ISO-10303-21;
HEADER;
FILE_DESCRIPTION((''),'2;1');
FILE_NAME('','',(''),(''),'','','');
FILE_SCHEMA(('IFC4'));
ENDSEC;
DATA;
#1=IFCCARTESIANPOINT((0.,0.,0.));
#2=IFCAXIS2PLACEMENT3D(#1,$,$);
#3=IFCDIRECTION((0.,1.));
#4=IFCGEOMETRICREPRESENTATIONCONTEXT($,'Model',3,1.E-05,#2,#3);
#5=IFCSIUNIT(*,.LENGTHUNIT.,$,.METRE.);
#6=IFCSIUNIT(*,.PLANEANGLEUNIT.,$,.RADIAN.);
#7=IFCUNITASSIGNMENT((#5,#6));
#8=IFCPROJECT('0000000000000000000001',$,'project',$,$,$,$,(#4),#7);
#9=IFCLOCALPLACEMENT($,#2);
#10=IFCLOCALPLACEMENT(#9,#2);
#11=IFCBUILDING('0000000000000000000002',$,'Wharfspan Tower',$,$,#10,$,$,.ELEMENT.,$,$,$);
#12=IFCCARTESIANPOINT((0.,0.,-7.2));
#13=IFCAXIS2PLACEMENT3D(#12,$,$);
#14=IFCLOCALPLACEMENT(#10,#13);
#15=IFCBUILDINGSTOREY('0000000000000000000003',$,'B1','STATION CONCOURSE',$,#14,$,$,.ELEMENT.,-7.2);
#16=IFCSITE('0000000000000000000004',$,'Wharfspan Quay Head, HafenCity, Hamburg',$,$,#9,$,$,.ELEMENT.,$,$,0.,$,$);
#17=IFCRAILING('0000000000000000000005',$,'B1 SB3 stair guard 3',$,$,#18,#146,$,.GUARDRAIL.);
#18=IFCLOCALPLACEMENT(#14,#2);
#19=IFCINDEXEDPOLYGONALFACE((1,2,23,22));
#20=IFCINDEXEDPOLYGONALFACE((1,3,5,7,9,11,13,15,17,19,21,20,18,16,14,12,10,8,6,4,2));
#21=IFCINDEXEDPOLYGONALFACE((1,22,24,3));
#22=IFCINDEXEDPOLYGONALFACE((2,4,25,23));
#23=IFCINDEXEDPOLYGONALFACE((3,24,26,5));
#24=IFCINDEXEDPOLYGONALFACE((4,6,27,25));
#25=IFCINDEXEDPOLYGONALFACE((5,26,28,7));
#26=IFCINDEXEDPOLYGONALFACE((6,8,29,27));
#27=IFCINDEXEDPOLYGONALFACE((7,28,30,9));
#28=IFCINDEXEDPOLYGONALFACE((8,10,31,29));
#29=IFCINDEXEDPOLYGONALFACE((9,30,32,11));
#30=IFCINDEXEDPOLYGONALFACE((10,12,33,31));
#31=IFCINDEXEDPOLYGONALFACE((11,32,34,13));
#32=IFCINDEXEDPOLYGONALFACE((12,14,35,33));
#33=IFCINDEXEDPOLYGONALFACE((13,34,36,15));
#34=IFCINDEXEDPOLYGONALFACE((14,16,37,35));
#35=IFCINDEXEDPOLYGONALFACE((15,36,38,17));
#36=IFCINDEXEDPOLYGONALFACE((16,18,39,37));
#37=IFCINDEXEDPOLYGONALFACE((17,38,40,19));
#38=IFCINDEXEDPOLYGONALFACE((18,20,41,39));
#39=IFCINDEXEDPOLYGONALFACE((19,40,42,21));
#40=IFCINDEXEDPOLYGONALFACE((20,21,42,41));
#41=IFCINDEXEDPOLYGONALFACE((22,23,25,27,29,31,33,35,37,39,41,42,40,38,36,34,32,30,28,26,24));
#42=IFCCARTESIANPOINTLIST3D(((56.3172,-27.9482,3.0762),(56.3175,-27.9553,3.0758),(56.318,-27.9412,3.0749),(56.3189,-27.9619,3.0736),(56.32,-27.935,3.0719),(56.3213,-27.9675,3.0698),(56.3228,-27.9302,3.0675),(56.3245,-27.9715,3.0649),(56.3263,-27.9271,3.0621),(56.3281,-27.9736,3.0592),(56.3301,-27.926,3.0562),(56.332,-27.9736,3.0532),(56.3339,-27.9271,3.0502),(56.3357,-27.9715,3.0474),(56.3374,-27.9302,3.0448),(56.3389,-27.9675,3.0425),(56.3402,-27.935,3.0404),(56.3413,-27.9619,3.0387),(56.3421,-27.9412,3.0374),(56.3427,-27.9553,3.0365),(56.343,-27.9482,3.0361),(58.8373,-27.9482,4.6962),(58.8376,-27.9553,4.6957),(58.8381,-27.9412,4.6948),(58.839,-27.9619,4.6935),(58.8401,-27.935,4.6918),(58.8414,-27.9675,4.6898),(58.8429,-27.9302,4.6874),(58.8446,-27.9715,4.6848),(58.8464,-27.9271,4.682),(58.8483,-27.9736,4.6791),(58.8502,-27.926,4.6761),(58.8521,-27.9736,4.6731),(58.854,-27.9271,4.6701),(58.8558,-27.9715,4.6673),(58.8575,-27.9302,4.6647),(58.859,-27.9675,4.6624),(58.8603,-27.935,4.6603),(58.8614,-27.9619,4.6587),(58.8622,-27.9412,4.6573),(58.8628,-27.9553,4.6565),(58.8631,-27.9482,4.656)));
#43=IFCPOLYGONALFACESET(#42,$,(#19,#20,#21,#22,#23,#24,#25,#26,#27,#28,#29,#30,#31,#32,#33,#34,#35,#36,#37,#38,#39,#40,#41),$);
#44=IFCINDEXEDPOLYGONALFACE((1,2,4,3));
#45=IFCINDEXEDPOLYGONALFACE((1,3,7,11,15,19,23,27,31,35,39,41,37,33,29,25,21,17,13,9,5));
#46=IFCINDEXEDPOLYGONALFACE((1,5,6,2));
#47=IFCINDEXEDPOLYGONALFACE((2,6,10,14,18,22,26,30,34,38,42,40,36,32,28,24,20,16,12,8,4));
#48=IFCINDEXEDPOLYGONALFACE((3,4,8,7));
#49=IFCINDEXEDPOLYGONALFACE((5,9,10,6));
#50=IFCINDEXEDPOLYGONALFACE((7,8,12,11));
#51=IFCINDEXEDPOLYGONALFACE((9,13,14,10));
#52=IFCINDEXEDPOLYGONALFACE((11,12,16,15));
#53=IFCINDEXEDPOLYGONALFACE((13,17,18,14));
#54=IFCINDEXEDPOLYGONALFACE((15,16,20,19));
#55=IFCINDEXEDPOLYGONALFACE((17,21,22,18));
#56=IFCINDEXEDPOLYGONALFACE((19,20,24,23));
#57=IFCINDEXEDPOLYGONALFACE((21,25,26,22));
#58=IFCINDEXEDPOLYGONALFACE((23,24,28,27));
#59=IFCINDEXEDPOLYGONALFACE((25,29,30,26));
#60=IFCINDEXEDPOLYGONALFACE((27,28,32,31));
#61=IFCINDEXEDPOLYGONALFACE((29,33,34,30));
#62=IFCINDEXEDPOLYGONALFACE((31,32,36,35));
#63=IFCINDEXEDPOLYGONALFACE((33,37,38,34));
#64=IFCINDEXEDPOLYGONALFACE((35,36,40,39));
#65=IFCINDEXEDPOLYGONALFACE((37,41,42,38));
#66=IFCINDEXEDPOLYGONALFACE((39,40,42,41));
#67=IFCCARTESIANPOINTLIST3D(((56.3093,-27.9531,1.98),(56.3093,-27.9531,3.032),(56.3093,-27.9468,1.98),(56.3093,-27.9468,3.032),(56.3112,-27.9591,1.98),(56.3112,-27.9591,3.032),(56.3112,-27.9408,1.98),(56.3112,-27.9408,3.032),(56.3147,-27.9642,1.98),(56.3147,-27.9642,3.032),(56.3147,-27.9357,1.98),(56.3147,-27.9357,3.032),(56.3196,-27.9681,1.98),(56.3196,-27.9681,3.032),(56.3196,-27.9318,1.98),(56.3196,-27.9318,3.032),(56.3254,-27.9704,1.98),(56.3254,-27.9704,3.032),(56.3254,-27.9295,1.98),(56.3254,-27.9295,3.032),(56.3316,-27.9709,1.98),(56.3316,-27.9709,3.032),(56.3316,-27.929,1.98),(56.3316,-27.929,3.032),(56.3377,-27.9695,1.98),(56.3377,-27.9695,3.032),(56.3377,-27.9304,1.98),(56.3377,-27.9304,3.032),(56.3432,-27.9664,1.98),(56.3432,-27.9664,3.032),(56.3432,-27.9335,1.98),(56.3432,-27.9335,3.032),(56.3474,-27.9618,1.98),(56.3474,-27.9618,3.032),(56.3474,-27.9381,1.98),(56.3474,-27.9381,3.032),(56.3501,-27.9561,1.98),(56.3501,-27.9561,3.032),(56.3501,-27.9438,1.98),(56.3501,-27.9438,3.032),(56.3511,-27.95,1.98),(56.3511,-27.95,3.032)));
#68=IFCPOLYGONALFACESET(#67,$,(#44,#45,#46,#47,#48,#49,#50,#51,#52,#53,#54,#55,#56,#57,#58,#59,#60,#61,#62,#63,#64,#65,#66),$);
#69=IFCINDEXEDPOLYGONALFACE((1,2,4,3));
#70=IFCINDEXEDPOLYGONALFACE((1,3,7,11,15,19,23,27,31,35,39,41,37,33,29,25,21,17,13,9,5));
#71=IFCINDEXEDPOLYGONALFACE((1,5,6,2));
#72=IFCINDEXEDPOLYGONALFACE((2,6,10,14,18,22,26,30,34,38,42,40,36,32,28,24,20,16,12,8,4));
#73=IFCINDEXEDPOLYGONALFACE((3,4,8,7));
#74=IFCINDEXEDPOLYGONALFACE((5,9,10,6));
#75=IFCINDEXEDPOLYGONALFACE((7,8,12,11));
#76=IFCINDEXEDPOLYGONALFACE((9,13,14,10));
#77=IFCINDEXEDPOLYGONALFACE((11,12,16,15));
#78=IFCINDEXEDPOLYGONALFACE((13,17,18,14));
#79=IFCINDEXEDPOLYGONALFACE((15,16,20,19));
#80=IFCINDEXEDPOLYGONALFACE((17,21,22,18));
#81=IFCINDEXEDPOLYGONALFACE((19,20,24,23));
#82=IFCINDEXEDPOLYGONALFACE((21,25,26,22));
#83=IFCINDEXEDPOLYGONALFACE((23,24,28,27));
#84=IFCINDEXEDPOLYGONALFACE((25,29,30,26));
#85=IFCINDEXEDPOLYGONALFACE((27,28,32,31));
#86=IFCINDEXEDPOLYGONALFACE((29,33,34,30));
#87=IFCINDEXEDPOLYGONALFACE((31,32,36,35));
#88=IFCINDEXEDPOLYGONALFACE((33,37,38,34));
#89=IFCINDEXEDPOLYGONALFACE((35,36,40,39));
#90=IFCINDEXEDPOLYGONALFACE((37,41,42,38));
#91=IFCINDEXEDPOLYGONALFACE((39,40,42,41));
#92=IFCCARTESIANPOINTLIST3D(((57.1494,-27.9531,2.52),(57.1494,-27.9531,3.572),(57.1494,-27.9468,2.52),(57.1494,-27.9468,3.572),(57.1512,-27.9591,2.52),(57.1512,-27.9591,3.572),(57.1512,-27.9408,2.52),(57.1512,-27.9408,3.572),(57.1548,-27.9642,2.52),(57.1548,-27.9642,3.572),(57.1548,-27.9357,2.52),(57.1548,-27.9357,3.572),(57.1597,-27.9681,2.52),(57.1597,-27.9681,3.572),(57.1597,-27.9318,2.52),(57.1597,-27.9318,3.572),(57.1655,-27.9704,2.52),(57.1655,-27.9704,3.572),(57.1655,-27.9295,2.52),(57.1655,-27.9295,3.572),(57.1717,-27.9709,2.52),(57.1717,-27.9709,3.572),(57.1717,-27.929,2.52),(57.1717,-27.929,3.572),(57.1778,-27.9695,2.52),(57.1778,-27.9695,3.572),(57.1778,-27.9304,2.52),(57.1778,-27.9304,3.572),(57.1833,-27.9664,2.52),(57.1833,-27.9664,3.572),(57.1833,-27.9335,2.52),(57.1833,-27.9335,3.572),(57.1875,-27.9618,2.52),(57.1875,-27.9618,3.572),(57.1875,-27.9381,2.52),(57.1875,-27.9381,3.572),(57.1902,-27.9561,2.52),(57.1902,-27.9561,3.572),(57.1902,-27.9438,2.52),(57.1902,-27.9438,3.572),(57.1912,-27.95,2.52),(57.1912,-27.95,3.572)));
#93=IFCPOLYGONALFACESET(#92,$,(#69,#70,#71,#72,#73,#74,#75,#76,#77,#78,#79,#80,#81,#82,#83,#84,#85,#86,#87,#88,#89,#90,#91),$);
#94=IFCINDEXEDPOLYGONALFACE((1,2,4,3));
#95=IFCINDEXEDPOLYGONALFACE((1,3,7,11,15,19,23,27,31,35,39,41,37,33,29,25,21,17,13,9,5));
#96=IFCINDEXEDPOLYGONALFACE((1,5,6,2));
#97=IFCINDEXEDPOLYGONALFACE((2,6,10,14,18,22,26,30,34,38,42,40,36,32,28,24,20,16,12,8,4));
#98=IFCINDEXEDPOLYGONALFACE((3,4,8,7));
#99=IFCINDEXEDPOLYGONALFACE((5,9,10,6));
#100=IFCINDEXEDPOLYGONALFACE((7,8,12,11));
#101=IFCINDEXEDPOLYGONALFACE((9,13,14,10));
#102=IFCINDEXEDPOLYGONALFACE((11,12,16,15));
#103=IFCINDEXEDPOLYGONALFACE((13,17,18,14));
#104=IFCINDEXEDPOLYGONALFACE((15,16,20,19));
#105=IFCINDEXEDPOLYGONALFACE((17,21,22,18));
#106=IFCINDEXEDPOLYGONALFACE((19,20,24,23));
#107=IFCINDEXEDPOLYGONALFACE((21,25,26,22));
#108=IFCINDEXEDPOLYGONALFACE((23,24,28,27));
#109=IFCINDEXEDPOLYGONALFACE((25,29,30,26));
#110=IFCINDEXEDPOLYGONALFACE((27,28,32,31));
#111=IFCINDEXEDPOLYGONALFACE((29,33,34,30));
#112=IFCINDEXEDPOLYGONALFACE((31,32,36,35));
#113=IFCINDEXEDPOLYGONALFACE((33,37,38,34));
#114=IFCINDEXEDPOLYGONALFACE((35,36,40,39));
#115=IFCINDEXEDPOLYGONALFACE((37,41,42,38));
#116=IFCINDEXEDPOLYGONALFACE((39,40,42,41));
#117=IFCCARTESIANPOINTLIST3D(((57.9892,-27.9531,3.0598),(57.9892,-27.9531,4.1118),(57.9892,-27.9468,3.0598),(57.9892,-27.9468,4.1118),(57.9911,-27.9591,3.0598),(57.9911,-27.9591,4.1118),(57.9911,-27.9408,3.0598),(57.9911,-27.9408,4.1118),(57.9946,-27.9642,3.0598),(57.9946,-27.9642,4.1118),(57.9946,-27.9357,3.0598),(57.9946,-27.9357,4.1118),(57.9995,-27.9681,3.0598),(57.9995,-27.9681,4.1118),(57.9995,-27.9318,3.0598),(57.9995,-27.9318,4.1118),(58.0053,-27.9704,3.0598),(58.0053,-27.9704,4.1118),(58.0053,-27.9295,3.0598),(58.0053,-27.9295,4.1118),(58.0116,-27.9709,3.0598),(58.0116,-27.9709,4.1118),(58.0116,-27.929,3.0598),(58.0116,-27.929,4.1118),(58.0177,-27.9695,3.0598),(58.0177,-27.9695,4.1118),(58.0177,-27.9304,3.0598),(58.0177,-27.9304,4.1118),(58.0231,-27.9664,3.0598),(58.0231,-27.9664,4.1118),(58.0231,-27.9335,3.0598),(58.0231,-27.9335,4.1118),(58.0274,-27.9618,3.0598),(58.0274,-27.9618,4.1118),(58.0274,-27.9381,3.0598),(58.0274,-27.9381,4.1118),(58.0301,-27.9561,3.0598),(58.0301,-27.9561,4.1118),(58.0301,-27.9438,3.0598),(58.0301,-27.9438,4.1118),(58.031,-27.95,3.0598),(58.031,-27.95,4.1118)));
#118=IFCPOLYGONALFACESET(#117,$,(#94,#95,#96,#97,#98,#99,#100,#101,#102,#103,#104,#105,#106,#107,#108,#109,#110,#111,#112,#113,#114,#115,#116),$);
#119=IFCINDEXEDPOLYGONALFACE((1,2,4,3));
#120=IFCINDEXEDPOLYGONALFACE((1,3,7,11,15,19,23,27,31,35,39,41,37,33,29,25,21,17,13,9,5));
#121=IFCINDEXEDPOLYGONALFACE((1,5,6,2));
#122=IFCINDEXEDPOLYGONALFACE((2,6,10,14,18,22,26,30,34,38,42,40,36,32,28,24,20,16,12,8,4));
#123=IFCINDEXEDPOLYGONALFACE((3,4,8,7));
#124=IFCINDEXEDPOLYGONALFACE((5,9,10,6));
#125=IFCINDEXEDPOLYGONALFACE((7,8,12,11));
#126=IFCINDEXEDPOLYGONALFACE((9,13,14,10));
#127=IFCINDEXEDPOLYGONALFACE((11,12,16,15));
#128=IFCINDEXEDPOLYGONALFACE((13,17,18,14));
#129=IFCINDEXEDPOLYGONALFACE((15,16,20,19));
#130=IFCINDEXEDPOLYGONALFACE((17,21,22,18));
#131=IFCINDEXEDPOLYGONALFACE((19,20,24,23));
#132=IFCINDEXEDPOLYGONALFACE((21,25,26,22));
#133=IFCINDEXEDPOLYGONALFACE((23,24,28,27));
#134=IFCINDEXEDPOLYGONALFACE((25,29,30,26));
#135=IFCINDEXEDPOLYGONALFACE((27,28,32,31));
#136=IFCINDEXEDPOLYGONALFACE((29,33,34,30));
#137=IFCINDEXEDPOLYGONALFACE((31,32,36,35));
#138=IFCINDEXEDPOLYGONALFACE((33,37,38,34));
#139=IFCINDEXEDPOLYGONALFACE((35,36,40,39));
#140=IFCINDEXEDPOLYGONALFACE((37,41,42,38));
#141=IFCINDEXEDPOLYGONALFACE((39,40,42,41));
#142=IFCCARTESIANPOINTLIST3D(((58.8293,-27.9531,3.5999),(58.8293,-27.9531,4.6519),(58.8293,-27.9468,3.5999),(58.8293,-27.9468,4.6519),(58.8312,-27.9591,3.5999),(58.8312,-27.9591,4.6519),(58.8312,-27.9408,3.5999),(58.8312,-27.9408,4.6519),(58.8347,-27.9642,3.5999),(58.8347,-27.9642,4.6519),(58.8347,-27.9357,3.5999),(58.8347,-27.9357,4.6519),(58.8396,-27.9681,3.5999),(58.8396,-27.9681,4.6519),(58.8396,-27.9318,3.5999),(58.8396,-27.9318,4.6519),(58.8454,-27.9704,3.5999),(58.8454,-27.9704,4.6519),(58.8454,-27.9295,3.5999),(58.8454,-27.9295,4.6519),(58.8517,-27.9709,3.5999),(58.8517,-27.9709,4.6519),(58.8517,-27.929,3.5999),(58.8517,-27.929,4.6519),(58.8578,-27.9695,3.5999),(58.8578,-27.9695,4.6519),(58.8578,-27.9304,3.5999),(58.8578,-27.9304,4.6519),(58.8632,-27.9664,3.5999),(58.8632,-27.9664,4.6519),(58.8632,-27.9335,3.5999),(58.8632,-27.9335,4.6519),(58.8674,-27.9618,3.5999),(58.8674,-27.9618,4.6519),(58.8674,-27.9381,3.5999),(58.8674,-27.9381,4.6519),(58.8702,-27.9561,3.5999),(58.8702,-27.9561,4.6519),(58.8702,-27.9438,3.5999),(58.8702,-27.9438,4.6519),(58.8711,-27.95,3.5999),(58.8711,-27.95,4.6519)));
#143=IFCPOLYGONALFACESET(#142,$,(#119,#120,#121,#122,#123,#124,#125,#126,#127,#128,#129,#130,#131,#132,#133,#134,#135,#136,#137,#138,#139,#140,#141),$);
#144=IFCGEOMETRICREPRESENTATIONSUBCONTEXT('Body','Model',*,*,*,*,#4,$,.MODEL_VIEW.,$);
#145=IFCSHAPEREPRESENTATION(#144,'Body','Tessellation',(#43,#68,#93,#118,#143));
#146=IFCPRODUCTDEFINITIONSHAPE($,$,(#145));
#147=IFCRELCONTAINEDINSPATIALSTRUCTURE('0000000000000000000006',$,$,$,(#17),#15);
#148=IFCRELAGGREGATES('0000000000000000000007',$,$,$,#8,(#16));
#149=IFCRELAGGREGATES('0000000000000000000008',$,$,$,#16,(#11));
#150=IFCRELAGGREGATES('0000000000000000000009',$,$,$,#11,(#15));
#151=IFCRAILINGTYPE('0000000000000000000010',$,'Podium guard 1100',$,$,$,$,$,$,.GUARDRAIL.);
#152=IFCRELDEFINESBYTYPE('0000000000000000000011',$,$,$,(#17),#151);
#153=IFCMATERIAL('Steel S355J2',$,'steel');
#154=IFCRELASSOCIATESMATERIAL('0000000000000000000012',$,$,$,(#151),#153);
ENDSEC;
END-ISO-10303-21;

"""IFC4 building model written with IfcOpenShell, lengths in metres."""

from ifc_helpers import new_model, si_unit, direction, frame, origin, origin_2d, place, context, subcontext, project, spatial, circle, extrude, material, type_object, element, save


model = new_model("IFC4")

# Units and contexts
model_context = context("Model", 3, precision=1e-05, world=origin(), true_north=direction((0.0, 1.0)))
body_context = subcontext(model_context, "Body", "Model", "MODEL_VIEW")
ifc_project = project(units=[si_unit("LENGTHUNIT", "METRE"), si_unit("PLANEANGLEUNIT", "RADIAN")], contexts=[model_context])

# Site, building, storey
site_placement = place(None, origin())
site = spatial("IfcSite", under=ifc_project, at=site_placement, Name="Wharfspan Quay Head, HafenCity, Hamburg", CompositionType="ELEMENT", RefElevation=0.0)
building_placement = place(site_placement, origin())
building = spatial("IfcBuilding", under=site, at=building_placement, Name="Wharfspan Tower", CompositionType="ELEMENT")
storey_placement = place(building_placement, frame((0.0, 0.0, -7.2)))
storey = spatial("IfcBuildingStorey", under=building, at=storey_placement, Name="B1", Description="STATION CONCOURSE", CompositionType="ELEMENT", Elevation=-7.2)

# Railing
ifc_material_1 = material(Name="Steel S355J2", Category="steel")
railing_type_1 = type_object("IfcRailingType", Name="Podium guard 1100", PredefinedType="GUARDRAIL", material=ifc_material_1)
railing_1_placement = place(storey_placement, frame((56.3301, -27.95, 1.98)))
element("IfcRailing", 1, at=railing_1_placement, inside=storey, type_object=railing_type_1, Name="B1 SB3 stair guard 3", PredefinedType="GUARDRAIL", context=body_context, shape_type="SweptSolid", body=[
    extrude(circle(Radius=0.0239, at=origin_2d()), frame((0.0, 0.0, 1.0762), z_axis=(0.8412, 0.0, 0.540725), x_axis=(0.0, 1.0, 0.0)), (0.0, 0.0, 1.0), 2.9958),
    extrude(circle(Radius=0.021, at=origin_2d()), origin(), (0.0, 0.0, 1.0), 1.052),
    extrude(circle(Radius=0.021, at=origin_2d()), frame((0.8401, 0.0, 0.54)), (0.0, 0.0, 1.0), 1.052),
    extrude(circle(Radius=0.021, at=origin_2d()), frame((1.6799, 0.0, 1.0798)), (0.0, 0.0, 1.0), 1.052),
    extrude(circle(Radius=0.021, at=origin_2d()), frame((2.52, 0.0, 1.6199)), (0.0, 0.0, 1.0), 1.052),
])

save(model, "model.ifc")
